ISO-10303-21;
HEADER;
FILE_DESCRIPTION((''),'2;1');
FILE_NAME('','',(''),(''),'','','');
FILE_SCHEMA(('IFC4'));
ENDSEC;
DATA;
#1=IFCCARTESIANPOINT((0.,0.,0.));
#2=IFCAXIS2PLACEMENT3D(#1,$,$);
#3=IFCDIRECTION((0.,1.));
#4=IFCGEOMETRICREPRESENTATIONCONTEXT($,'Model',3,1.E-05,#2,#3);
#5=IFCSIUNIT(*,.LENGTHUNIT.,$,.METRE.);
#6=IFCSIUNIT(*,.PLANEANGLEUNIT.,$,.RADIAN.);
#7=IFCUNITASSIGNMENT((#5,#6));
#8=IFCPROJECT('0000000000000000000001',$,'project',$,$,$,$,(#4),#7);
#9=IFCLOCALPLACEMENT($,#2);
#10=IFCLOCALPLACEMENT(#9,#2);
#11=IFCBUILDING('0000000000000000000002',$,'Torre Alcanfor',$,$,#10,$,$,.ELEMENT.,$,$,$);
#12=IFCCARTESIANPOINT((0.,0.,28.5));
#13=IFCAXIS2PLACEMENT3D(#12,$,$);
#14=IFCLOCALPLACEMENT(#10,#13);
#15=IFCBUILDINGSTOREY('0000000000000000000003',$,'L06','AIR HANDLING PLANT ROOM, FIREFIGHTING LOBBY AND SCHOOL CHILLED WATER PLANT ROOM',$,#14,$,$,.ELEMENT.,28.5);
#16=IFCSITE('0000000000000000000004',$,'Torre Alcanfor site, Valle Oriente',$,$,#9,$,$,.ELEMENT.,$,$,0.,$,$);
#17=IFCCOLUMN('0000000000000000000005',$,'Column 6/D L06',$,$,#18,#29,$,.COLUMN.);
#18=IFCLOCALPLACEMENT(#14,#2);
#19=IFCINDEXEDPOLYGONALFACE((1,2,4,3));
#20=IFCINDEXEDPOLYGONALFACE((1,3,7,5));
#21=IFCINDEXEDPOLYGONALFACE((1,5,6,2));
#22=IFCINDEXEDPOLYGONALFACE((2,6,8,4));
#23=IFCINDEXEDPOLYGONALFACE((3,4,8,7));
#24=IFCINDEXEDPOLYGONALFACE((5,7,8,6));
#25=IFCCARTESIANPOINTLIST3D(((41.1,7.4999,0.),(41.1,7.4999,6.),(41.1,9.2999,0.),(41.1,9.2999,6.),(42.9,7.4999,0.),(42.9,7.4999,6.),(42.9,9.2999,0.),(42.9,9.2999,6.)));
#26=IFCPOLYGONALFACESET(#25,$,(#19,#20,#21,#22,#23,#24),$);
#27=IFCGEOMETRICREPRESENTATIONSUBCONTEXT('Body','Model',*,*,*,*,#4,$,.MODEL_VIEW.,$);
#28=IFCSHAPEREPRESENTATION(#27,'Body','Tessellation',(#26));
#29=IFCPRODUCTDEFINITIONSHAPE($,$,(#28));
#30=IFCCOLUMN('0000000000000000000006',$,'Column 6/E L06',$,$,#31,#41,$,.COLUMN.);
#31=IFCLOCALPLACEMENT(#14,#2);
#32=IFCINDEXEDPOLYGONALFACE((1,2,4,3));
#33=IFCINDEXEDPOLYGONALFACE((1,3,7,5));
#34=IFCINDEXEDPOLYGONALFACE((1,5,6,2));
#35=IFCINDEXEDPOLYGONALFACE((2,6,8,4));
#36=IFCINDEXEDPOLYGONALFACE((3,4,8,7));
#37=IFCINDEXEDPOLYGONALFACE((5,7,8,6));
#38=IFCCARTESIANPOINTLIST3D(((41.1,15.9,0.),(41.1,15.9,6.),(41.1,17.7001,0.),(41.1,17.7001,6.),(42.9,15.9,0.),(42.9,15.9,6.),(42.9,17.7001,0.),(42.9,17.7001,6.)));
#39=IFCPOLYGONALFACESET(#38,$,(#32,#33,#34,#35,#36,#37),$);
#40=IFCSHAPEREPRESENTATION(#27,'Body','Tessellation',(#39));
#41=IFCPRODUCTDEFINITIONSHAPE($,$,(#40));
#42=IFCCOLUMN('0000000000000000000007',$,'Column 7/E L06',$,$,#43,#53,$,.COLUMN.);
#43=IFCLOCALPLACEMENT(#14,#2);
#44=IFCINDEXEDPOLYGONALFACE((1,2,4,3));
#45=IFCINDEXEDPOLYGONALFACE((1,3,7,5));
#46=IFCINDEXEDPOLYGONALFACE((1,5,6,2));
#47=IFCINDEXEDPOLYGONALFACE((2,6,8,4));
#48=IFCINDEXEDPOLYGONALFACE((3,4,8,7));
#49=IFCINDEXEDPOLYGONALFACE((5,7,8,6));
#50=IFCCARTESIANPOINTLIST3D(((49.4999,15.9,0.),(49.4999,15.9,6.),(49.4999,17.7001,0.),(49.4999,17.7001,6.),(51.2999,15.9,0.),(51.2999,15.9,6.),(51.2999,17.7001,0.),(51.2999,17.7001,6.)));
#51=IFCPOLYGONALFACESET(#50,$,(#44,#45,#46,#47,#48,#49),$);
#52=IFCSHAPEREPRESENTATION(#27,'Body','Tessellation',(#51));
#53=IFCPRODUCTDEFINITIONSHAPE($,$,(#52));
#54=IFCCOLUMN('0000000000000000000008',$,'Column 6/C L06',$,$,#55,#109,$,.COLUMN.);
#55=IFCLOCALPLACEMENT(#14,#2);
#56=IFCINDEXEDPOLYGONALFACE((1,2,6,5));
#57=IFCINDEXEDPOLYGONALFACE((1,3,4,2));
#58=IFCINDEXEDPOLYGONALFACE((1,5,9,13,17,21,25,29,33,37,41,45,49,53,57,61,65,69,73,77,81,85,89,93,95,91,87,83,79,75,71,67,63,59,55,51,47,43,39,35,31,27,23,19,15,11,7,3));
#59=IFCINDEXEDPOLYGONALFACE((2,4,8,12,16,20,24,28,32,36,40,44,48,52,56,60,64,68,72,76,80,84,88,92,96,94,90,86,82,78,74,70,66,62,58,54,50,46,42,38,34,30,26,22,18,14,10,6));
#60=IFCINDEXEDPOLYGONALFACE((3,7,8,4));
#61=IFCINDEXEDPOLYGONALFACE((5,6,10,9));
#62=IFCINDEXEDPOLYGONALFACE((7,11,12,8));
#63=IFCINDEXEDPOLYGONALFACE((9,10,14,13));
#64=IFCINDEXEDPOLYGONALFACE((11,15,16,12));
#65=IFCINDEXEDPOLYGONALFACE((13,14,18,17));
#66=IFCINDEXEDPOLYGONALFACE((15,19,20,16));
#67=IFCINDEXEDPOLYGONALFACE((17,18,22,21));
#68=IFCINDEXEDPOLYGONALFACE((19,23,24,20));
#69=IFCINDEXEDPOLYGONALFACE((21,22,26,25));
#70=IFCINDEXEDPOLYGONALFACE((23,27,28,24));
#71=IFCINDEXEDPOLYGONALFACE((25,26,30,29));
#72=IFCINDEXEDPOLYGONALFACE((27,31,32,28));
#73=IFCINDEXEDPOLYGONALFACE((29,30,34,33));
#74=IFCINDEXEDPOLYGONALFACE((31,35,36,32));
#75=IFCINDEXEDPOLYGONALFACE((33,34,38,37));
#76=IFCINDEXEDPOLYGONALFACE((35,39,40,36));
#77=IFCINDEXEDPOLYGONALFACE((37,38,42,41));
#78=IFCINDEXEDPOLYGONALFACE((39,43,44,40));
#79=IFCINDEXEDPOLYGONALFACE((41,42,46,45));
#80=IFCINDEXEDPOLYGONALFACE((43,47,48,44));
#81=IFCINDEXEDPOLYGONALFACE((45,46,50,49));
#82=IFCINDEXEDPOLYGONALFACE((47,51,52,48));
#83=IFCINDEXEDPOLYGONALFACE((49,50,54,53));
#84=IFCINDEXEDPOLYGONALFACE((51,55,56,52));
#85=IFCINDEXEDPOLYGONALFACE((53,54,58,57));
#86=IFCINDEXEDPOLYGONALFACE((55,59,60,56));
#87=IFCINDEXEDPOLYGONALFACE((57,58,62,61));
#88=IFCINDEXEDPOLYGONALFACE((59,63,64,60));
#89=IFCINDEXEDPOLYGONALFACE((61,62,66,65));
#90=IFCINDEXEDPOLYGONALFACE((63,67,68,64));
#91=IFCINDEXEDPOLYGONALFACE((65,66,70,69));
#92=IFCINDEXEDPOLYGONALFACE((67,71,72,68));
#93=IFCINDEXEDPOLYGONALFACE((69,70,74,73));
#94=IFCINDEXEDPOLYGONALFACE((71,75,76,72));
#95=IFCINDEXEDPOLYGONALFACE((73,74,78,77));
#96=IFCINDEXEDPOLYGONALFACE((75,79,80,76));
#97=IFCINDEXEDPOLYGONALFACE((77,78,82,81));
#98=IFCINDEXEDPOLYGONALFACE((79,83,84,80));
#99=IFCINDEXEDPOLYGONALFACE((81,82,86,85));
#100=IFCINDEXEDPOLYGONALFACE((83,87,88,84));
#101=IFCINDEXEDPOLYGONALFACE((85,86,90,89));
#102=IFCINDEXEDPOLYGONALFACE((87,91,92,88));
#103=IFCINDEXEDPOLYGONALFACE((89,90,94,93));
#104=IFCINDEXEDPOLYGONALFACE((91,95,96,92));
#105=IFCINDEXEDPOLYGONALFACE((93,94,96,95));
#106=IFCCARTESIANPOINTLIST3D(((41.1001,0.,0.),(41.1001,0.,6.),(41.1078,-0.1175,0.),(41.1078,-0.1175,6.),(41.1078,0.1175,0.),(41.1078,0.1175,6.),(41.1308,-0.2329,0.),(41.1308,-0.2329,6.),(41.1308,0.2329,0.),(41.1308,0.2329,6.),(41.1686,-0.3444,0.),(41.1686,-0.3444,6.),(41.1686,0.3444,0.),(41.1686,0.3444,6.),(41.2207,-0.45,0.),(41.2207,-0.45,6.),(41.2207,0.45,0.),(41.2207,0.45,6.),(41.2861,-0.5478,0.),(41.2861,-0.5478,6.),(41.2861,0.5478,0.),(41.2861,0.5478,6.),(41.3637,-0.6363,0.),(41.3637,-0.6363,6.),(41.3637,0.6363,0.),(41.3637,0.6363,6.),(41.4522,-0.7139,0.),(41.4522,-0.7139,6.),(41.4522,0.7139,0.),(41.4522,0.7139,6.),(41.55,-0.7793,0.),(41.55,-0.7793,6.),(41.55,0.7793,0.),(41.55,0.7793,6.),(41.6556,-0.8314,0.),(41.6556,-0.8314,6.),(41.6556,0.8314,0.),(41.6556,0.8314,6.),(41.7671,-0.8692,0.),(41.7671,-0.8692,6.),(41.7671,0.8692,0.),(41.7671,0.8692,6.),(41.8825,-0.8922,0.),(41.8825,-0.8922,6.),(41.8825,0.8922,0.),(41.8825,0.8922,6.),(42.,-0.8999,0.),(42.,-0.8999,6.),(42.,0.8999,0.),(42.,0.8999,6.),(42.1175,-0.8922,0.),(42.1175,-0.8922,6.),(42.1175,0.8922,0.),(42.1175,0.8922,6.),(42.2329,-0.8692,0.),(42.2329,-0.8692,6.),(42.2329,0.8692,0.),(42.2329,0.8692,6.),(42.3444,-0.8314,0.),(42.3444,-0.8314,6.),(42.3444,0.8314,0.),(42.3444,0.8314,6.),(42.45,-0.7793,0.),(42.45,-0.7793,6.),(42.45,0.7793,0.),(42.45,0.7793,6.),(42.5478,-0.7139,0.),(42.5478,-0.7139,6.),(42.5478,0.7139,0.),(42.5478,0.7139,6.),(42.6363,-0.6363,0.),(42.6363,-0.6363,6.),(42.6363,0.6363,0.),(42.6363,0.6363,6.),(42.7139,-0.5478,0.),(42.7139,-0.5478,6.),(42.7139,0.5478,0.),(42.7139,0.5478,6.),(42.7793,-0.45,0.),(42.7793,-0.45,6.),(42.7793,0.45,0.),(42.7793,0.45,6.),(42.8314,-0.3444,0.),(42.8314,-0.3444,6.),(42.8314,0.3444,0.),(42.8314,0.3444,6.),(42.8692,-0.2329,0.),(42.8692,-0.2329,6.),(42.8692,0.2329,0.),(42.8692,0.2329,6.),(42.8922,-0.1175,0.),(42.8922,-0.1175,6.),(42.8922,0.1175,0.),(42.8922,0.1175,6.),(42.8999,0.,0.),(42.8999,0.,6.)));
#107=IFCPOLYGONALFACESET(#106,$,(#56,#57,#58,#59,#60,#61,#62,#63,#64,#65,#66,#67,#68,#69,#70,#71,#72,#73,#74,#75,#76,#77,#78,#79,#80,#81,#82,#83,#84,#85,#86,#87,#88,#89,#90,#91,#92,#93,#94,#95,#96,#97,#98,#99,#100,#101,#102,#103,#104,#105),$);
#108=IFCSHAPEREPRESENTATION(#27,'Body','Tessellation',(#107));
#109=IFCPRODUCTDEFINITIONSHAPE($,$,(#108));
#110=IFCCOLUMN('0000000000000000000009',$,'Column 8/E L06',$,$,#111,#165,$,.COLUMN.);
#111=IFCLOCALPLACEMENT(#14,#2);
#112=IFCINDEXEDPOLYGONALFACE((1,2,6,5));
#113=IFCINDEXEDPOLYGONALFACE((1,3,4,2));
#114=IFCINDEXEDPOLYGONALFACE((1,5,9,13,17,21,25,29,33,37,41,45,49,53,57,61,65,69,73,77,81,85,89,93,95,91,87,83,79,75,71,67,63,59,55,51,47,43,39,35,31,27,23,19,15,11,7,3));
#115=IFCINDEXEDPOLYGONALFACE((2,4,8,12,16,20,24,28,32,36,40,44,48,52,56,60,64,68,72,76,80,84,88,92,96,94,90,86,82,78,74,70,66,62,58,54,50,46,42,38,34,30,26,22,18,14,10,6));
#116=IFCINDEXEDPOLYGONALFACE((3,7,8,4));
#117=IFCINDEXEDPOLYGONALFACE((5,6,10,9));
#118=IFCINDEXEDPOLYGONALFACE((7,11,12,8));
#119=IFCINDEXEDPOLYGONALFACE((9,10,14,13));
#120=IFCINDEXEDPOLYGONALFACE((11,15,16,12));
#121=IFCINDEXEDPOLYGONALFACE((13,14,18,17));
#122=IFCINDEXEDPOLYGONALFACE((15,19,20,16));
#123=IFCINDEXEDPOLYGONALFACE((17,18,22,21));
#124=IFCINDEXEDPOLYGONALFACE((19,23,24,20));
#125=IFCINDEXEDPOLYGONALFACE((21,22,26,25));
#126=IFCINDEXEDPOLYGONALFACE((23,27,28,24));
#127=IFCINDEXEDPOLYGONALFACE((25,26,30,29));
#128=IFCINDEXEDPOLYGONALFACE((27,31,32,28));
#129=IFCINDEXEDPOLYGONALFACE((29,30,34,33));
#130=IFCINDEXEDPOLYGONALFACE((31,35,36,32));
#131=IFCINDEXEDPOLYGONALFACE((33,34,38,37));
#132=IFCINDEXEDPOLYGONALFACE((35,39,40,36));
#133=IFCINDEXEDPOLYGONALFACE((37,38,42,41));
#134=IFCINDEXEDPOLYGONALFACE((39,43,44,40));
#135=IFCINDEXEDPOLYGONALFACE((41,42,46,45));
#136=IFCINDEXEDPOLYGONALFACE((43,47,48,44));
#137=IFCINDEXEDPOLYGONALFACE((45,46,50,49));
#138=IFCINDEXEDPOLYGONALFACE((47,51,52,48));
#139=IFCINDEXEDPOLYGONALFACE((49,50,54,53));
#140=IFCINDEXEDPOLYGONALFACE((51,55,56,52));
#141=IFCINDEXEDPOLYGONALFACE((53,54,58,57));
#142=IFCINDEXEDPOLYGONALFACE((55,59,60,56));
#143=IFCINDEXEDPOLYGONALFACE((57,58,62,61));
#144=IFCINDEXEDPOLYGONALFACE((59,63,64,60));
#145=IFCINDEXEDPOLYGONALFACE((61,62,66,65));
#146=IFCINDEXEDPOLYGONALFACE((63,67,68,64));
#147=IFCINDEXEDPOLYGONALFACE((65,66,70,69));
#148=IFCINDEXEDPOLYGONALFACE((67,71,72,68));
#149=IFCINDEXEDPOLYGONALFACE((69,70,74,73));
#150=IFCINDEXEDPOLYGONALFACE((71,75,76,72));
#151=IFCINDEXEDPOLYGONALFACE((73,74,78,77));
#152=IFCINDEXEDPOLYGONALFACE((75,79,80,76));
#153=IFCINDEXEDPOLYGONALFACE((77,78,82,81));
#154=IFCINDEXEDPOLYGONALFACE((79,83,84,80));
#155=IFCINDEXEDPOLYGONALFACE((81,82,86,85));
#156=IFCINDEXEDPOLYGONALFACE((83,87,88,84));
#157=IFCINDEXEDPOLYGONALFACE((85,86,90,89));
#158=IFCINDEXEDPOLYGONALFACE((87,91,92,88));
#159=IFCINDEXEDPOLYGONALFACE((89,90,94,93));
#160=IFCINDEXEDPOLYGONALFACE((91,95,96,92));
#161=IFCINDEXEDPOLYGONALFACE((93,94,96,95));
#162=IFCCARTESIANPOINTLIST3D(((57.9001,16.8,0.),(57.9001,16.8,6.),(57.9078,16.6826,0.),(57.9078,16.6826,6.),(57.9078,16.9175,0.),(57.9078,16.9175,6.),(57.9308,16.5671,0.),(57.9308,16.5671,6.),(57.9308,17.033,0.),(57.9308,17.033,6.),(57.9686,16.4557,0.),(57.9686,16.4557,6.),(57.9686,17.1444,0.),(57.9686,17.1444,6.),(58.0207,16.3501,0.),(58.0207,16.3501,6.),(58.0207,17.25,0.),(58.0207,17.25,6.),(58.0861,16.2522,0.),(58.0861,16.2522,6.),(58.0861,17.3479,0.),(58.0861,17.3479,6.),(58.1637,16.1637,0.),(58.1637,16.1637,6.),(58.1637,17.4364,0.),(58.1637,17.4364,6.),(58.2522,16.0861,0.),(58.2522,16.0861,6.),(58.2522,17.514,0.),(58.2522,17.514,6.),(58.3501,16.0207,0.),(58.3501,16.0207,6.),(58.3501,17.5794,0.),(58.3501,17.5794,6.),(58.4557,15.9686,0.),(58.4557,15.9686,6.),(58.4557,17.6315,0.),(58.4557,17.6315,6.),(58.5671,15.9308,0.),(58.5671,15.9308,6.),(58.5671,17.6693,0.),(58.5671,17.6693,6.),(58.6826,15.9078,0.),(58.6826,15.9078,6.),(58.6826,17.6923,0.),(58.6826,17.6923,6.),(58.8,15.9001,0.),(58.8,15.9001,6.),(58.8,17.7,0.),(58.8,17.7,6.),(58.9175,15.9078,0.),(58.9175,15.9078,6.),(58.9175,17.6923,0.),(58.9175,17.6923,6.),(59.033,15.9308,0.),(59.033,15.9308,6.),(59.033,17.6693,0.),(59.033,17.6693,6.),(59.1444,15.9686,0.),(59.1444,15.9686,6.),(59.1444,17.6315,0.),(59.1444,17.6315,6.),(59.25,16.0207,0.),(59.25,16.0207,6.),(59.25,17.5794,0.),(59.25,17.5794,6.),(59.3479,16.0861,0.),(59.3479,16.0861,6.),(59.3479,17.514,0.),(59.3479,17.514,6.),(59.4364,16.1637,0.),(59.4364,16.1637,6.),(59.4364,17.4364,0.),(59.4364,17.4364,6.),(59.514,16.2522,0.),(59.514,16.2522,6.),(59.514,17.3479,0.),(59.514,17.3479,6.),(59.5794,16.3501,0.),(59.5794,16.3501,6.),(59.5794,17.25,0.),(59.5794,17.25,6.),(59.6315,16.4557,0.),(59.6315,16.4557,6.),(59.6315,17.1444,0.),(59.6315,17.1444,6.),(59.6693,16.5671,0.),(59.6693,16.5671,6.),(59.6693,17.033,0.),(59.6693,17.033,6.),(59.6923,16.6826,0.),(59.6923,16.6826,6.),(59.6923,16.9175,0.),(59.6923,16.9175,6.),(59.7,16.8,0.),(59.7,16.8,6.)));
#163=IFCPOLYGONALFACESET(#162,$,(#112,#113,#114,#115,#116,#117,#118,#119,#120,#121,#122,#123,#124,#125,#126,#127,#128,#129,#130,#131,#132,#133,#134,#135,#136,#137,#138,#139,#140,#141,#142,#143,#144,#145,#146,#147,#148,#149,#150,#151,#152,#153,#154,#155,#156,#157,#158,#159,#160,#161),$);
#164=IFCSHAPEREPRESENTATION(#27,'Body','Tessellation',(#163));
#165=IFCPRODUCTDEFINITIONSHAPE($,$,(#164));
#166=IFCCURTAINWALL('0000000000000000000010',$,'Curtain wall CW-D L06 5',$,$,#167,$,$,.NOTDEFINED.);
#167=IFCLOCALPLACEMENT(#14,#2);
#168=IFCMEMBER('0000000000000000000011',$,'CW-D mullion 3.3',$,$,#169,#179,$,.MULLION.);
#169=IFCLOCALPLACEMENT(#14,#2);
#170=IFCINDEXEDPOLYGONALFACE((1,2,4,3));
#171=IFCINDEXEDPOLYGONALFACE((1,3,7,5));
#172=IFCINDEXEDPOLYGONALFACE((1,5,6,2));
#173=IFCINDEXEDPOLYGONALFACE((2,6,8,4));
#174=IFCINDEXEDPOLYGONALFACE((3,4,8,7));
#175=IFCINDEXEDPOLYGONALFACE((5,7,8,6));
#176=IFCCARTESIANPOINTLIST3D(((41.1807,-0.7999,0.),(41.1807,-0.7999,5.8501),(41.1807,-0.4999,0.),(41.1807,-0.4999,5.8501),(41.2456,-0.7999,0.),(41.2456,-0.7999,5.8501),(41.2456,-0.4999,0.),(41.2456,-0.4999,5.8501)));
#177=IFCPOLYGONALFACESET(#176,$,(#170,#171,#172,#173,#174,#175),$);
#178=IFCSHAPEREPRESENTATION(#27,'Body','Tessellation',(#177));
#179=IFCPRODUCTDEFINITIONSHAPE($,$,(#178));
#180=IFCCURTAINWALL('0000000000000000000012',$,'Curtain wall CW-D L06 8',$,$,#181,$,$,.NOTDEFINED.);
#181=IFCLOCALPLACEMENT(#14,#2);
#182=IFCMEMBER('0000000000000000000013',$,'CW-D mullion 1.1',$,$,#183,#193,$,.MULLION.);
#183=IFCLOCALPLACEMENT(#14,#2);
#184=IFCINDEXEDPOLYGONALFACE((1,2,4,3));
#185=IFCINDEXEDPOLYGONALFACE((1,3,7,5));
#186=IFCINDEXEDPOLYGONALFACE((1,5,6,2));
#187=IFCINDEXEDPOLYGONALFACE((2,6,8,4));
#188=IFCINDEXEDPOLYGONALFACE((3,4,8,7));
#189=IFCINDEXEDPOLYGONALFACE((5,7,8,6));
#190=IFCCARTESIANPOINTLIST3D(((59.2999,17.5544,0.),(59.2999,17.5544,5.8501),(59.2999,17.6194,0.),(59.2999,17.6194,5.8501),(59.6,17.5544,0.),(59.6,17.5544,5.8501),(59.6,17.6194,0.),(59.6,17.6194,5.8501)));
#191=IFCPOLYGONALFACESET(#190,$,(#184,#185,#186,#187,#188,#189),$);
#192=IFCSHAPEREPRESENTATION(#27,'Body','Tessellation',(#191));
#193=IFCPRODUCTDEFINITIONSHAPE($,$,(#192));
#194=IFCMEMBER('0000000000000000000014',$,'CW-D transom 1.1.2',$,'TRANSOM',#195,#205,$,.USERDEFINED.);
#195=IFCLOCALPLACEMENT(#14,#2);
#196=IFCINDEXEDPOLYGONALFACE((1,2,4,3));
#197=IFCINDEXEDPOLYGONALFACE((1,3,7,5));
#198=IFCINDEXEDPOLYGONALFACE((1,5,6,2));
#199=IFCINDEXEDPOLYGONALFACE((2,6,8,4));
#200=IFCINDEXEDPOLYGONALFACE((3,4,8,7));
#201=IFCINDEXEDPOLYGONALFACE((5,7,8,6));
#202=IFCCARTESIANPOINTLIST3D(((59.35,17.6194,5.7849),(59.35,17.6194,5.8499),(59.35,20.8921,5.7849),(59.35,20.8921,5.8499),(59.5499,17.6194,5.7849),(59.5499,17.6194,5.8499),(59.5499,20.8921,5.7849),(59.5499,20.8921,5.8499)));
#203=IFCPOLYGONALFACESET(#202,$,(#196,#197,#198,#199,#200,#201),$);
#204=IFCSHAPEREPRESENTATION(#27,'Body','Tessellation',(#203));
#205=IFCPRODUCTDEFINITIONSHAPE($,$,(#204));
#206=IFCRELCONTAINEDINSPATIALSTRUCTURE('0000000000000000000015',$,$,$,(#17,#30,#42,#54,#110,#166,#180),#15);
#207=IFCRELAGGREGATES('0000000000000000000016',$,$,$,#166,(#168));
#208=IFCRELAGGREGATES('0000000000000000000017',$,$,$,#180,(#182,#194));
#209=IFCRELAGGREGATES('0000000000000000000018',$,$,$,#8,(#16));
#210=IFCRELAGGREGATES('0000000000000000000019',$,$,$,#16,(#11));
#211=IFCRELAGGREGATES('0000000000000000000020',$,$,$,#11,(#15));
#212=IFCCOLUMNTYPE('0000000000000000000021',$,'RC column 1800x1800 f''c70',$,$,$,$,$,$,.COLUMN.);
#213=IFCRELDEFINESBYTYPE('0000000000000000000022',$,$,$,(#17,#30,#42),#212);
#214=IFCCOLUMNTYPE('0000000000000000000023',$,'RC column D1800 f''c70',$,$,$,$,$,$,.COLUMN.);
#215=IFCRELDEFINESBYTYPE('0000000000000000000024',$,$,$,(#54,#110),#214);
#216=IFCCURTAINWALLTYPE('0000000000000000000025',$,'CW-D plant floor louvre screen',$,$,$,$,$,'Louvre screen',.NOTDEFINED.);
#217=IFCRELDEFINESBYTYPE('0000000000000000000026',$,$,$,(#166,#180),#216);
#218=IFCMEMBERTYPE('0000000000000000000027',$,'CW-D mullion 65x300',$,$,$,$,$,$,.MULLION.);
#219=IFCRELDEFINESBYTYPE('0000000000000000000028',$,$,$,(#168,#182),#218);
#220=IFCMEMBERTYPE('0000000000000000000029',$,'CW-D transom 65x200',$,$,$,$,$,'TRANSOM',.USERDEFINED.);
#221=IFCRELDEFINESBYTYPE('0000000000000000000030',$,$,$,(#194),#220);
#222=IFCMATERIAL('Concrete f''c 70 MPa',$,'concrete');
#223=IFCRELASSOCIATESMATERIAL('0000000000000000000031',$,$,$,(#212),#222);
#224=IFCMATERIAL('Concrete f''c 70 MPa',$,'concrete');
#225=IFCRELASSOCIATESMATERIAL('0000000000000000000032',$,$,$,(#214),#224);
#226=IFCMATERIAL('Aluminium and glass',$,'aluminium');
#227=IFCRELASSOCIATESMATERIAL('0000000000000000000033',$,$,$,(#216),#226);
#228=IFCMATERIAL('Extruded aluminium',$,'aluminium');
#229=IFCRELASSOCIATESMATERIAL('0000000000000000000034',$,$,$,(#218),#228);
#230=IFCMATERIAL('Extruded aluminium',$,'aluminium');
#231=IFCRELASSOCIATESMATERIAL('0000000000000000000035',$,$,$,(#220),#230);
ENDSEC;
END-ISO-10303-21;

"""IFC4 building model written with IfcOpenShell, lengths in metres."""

from ifc_helpers import new_model, si_unit, direction, frame, origin, origin_2d, place, context, subcontext, project, spatial, rectangle, circle, extrude, material, material_profile, profile_set, type_object, element, aggregate, save


model = new_model("IFC4")

# Units and contexts
model_context = context("Model", 3, precision=1e-05, world=origin(), true_north=direction((0.0, 1.0)))
body_context = subcontext(model_context, "Body", "Model", "MODEL_VIEW")
ifc_project = project(units=[si_unit("LENGTHUNIT", "METRE"), si_unit("PLANEANGLEUNIT", "RADIAN")], contexts=[model_context])

# Site, building, storey
site_placement = place(None, origin())
site = spatial("IfcSite", under=ifc_project, at=site_placement, Name="Torre Alcanfor site, Valle Oriente", CompositionType="ELEMENT", RefElevation=0.0)
building_placement = place(site_placement, origin())
building = spatial("IfcBuilding", under=site, at=building_placement, Name="Torre Alcanfor", CompositionType="ELEMENT")
storey_placement = place(building_placement, frame((0.0, 0.0, 28.5)))
storey = spatial("IfcBuildingStorey", under=building, at=storey_placement, Name="L06", Description="AIR HANDLING PLANT ROOM, FIREFIGHTING LOBBY AND SCHOOL CHILLED WATER PLANT ROOM", CompositionType="ELEMENT", Elevation=28.5)

# Columns
ifc_material_1 = material(Name="Concrete f'c 70 MPa", Category="concrete")
ifc_material_profile_1 = material_profile(ifc_material_1, rectangle(XDim=1.8, YDim=1.8, at=origin_2d()), Name="1800x1800")
ifc_profile_set_1 = profile_set([ifc_material_profile_1], Name="Concrete f'c 70 MPa")
column_type_1 = type_object("IfcColumnType", Name="RC column 1800x1800 f'c70", PredefinedType="COLUMN", material=ifc_profile_set_1)
for number, where, z_axis, x_axis, name in (
    (1, (42.0, 8.3999, 0.0), (0.0, 0.0, 1.0), (1.0, 0.0, 0.0), "Column 6/D L06"),
    (2, (42.0, 16.8, 0.0), (0.0, 0.0, 1.0), (1.0, 0.0, 0.0), "Column 6/E L06"),
    (3, (50.3999, 16.8, 0.0), (0.0, 0.0, 1.0), (1.0, 0.0, 0.0), "Column 7/E L06"),
):
    element("IfcColumn", number, at=place(storey_placement, frame(where, z_axis=z_axis, x_axis=x_axis)), inside=storey, type_object=column_type_1, Name=name, PredefinedType="COLUMN", context=body_context, shape_type="SweptSolid", body=[
        extrude(rectangle(XDim=1.8, YDim=1.8, at=origin_2d()), origin(), (0.0, 0.0, 1.0), 6.0),
    ])
ifc_material_2 = material(Name="Concrete f'c 70 MPa", Category="concrete")
ifc_material_profile_2 = material_profile(ifc_material_2, circle(Radius=0.8999, at=origin_2d()), Name="D1800")
ifc_profile_set_2 = profile_set([ifc_material_profile_2], Name="Concrete f'c 70 MPa")
column_type_2 = type_object("IfcColumnType", Name="RC column D1800 f'c70", PredefinedType="COLUMN", material=ifc_profile_set_2)
for number, where, z_axis, x_axis, name in (
    (4, (42.0, 0.0, 0.0), (0.0, 0.0, 1.0), (1.0, 0.0, 0.0), "Column 6/C L06"),
    (5, (58.8, 16.8, 0.0), (0.0, 0.0, 1.0), (1.0, 0.0, 0.0), "Column 8/E L06"),
):
    element("IfcColumn", number, at=place(storey_placement, frame(where, z_axis=z_axis, x_axis=x_axis)), inside=storey, type_object=column_type_2, Name=name, PredefinedType="COLUMN", context=body_context, shape_type="SweptSolid", body=[
        extrude(circle(Radius=0.8999, at=origin_2d()), origin(), (0.0, 0.0, 1.0), 6.0),
    ])

# Curtain wall, member
ifc_material_3 = material(Name="Aluminium and glass", Category="aluminium")
curtain_wall_type = type_object("IfcCurtainWallType", Name="CW-D plant floor louvre screen", ElementType="Louvre screen", PredefinedType="NOTDEFINED", material=ifc_material_3)
curtain_wall_1_placement = place(storey_placement, origin())
curtain_wall_1 = element("IfcCurtainWall", 6, at=curtain_wall_1_placement, inside=storey, type_object=curtain_wall_type, Name="Curtain wall CW-D L06 5", PredefinedType="NOTDEFINED")
ifc_material_4 = material(Name="Extruded aluminium", Category="aluminium")
ifc_material_profile_3 = material_profile(ifc_material_4, rectangle(XDim=0.3, YDim=0.0649, at=origin_2d()), Name="CW-D mullion 65x300")
ifc_profile_set_3 = profile_set([ifc_material_profile_3], Name="Extruded aluminium")
member_type_1 = type_object("IfcMemberType", Name="CW-D mullion 65x300", PredefinedType="MULLION", material=ifc_profile_set_3)
member_1_placement = place(storey_placement, frame((41.2131, -0.6499, 0.0), z_axis=(0.0, 0.0, 1.0), x_axis=(0.0, 1.0, 0.0)))
member_1 = element("IfcMember", 7, at=member_1_placement, type_object=member_type_1, Name="CW-D mullion 3.3", PredefinedType="MULLION", context=body_context, shape_type="SweptSolid", body=[
    extrude(rectangle(XDim=0.3, YDim=0.0649, at=origin_2d()), origin(), (0.0, 0.0, 1.0), 5.8501),
])
aggregate(curtain_wall_1, [member_1])

# Curtain wall, members
curtain_wall_2_placement = place(storey_placement, origin())
curtain_wall_2 = element("IfcCurtainWall", 8, at=curtain_wall_2_placement, inside=storey, type_object=curtain_wall_type, Name="Curtain wall CW-D L06 8", PredefinedType="NOTDEFINED")
member_2_placement = place(storey_placement, frame((59.45, 17.5869, 0.0), z_axis=(0.0, 0.0, 1.0), x_axis=(-1.0, 0.0, 0.0)))
member_2 = element("IfcMember", 9, at=member_2_placement, type_object=member_type_1, Name="CW-D mullion 1.1", PredefinedType="MULLION", context=body_context, shape_type="SweptSolid", body=[
    extrude(rectangle(XDim=0.3, YDim=0.0649, at=origin_2d()), origin(), (0.0, 0.0, 1.0), 5.8501),
])
ifc_material_5 = material(Name="Extruded aluminium", Category="aluminium")
ifc_material_profile_4 = material_profile(ifc_material_5, rectangle(XDim=0.2, YDim=0.0649, at=origin_2d()), Name="CW-D transom 200x65")
ifc_profile_set_4 = profile_set([ifc_material_profile_4], Name="Extruded aluminium")
member_type_2 = type_object("IfcMemberType", Name="CW-D transom 65x200", ElementType="TRANSOM", PredefinedType="USERDEFINED", material=ifc_profile_set_4)
member_3_placement = place(storey_placement, frame((59.45, 17.6194, 5.8174), z_axis=(0.0, 1.0, 0.0), x_axis=(-1.0, 0.0, 0.0)))
member_3 = element("IfcMember", 10, at=member_3_placement, type_object=member_type_2, Name="CW-D transom 1.1.2", ObjectType="TRANSOM", PredefinedType="USERDEFINED", context=body_context, shape_type="SweptSolid", body=[
    extrude(rectangle(XDim=0.2, YDim=0.0649, at=origin_2d()), origin(), (0.0, 0.0, 1.0), 3.2727),
])
aggregate(curtain_wall_2, [member_2, member_3])

save(model, "model.ifc")
